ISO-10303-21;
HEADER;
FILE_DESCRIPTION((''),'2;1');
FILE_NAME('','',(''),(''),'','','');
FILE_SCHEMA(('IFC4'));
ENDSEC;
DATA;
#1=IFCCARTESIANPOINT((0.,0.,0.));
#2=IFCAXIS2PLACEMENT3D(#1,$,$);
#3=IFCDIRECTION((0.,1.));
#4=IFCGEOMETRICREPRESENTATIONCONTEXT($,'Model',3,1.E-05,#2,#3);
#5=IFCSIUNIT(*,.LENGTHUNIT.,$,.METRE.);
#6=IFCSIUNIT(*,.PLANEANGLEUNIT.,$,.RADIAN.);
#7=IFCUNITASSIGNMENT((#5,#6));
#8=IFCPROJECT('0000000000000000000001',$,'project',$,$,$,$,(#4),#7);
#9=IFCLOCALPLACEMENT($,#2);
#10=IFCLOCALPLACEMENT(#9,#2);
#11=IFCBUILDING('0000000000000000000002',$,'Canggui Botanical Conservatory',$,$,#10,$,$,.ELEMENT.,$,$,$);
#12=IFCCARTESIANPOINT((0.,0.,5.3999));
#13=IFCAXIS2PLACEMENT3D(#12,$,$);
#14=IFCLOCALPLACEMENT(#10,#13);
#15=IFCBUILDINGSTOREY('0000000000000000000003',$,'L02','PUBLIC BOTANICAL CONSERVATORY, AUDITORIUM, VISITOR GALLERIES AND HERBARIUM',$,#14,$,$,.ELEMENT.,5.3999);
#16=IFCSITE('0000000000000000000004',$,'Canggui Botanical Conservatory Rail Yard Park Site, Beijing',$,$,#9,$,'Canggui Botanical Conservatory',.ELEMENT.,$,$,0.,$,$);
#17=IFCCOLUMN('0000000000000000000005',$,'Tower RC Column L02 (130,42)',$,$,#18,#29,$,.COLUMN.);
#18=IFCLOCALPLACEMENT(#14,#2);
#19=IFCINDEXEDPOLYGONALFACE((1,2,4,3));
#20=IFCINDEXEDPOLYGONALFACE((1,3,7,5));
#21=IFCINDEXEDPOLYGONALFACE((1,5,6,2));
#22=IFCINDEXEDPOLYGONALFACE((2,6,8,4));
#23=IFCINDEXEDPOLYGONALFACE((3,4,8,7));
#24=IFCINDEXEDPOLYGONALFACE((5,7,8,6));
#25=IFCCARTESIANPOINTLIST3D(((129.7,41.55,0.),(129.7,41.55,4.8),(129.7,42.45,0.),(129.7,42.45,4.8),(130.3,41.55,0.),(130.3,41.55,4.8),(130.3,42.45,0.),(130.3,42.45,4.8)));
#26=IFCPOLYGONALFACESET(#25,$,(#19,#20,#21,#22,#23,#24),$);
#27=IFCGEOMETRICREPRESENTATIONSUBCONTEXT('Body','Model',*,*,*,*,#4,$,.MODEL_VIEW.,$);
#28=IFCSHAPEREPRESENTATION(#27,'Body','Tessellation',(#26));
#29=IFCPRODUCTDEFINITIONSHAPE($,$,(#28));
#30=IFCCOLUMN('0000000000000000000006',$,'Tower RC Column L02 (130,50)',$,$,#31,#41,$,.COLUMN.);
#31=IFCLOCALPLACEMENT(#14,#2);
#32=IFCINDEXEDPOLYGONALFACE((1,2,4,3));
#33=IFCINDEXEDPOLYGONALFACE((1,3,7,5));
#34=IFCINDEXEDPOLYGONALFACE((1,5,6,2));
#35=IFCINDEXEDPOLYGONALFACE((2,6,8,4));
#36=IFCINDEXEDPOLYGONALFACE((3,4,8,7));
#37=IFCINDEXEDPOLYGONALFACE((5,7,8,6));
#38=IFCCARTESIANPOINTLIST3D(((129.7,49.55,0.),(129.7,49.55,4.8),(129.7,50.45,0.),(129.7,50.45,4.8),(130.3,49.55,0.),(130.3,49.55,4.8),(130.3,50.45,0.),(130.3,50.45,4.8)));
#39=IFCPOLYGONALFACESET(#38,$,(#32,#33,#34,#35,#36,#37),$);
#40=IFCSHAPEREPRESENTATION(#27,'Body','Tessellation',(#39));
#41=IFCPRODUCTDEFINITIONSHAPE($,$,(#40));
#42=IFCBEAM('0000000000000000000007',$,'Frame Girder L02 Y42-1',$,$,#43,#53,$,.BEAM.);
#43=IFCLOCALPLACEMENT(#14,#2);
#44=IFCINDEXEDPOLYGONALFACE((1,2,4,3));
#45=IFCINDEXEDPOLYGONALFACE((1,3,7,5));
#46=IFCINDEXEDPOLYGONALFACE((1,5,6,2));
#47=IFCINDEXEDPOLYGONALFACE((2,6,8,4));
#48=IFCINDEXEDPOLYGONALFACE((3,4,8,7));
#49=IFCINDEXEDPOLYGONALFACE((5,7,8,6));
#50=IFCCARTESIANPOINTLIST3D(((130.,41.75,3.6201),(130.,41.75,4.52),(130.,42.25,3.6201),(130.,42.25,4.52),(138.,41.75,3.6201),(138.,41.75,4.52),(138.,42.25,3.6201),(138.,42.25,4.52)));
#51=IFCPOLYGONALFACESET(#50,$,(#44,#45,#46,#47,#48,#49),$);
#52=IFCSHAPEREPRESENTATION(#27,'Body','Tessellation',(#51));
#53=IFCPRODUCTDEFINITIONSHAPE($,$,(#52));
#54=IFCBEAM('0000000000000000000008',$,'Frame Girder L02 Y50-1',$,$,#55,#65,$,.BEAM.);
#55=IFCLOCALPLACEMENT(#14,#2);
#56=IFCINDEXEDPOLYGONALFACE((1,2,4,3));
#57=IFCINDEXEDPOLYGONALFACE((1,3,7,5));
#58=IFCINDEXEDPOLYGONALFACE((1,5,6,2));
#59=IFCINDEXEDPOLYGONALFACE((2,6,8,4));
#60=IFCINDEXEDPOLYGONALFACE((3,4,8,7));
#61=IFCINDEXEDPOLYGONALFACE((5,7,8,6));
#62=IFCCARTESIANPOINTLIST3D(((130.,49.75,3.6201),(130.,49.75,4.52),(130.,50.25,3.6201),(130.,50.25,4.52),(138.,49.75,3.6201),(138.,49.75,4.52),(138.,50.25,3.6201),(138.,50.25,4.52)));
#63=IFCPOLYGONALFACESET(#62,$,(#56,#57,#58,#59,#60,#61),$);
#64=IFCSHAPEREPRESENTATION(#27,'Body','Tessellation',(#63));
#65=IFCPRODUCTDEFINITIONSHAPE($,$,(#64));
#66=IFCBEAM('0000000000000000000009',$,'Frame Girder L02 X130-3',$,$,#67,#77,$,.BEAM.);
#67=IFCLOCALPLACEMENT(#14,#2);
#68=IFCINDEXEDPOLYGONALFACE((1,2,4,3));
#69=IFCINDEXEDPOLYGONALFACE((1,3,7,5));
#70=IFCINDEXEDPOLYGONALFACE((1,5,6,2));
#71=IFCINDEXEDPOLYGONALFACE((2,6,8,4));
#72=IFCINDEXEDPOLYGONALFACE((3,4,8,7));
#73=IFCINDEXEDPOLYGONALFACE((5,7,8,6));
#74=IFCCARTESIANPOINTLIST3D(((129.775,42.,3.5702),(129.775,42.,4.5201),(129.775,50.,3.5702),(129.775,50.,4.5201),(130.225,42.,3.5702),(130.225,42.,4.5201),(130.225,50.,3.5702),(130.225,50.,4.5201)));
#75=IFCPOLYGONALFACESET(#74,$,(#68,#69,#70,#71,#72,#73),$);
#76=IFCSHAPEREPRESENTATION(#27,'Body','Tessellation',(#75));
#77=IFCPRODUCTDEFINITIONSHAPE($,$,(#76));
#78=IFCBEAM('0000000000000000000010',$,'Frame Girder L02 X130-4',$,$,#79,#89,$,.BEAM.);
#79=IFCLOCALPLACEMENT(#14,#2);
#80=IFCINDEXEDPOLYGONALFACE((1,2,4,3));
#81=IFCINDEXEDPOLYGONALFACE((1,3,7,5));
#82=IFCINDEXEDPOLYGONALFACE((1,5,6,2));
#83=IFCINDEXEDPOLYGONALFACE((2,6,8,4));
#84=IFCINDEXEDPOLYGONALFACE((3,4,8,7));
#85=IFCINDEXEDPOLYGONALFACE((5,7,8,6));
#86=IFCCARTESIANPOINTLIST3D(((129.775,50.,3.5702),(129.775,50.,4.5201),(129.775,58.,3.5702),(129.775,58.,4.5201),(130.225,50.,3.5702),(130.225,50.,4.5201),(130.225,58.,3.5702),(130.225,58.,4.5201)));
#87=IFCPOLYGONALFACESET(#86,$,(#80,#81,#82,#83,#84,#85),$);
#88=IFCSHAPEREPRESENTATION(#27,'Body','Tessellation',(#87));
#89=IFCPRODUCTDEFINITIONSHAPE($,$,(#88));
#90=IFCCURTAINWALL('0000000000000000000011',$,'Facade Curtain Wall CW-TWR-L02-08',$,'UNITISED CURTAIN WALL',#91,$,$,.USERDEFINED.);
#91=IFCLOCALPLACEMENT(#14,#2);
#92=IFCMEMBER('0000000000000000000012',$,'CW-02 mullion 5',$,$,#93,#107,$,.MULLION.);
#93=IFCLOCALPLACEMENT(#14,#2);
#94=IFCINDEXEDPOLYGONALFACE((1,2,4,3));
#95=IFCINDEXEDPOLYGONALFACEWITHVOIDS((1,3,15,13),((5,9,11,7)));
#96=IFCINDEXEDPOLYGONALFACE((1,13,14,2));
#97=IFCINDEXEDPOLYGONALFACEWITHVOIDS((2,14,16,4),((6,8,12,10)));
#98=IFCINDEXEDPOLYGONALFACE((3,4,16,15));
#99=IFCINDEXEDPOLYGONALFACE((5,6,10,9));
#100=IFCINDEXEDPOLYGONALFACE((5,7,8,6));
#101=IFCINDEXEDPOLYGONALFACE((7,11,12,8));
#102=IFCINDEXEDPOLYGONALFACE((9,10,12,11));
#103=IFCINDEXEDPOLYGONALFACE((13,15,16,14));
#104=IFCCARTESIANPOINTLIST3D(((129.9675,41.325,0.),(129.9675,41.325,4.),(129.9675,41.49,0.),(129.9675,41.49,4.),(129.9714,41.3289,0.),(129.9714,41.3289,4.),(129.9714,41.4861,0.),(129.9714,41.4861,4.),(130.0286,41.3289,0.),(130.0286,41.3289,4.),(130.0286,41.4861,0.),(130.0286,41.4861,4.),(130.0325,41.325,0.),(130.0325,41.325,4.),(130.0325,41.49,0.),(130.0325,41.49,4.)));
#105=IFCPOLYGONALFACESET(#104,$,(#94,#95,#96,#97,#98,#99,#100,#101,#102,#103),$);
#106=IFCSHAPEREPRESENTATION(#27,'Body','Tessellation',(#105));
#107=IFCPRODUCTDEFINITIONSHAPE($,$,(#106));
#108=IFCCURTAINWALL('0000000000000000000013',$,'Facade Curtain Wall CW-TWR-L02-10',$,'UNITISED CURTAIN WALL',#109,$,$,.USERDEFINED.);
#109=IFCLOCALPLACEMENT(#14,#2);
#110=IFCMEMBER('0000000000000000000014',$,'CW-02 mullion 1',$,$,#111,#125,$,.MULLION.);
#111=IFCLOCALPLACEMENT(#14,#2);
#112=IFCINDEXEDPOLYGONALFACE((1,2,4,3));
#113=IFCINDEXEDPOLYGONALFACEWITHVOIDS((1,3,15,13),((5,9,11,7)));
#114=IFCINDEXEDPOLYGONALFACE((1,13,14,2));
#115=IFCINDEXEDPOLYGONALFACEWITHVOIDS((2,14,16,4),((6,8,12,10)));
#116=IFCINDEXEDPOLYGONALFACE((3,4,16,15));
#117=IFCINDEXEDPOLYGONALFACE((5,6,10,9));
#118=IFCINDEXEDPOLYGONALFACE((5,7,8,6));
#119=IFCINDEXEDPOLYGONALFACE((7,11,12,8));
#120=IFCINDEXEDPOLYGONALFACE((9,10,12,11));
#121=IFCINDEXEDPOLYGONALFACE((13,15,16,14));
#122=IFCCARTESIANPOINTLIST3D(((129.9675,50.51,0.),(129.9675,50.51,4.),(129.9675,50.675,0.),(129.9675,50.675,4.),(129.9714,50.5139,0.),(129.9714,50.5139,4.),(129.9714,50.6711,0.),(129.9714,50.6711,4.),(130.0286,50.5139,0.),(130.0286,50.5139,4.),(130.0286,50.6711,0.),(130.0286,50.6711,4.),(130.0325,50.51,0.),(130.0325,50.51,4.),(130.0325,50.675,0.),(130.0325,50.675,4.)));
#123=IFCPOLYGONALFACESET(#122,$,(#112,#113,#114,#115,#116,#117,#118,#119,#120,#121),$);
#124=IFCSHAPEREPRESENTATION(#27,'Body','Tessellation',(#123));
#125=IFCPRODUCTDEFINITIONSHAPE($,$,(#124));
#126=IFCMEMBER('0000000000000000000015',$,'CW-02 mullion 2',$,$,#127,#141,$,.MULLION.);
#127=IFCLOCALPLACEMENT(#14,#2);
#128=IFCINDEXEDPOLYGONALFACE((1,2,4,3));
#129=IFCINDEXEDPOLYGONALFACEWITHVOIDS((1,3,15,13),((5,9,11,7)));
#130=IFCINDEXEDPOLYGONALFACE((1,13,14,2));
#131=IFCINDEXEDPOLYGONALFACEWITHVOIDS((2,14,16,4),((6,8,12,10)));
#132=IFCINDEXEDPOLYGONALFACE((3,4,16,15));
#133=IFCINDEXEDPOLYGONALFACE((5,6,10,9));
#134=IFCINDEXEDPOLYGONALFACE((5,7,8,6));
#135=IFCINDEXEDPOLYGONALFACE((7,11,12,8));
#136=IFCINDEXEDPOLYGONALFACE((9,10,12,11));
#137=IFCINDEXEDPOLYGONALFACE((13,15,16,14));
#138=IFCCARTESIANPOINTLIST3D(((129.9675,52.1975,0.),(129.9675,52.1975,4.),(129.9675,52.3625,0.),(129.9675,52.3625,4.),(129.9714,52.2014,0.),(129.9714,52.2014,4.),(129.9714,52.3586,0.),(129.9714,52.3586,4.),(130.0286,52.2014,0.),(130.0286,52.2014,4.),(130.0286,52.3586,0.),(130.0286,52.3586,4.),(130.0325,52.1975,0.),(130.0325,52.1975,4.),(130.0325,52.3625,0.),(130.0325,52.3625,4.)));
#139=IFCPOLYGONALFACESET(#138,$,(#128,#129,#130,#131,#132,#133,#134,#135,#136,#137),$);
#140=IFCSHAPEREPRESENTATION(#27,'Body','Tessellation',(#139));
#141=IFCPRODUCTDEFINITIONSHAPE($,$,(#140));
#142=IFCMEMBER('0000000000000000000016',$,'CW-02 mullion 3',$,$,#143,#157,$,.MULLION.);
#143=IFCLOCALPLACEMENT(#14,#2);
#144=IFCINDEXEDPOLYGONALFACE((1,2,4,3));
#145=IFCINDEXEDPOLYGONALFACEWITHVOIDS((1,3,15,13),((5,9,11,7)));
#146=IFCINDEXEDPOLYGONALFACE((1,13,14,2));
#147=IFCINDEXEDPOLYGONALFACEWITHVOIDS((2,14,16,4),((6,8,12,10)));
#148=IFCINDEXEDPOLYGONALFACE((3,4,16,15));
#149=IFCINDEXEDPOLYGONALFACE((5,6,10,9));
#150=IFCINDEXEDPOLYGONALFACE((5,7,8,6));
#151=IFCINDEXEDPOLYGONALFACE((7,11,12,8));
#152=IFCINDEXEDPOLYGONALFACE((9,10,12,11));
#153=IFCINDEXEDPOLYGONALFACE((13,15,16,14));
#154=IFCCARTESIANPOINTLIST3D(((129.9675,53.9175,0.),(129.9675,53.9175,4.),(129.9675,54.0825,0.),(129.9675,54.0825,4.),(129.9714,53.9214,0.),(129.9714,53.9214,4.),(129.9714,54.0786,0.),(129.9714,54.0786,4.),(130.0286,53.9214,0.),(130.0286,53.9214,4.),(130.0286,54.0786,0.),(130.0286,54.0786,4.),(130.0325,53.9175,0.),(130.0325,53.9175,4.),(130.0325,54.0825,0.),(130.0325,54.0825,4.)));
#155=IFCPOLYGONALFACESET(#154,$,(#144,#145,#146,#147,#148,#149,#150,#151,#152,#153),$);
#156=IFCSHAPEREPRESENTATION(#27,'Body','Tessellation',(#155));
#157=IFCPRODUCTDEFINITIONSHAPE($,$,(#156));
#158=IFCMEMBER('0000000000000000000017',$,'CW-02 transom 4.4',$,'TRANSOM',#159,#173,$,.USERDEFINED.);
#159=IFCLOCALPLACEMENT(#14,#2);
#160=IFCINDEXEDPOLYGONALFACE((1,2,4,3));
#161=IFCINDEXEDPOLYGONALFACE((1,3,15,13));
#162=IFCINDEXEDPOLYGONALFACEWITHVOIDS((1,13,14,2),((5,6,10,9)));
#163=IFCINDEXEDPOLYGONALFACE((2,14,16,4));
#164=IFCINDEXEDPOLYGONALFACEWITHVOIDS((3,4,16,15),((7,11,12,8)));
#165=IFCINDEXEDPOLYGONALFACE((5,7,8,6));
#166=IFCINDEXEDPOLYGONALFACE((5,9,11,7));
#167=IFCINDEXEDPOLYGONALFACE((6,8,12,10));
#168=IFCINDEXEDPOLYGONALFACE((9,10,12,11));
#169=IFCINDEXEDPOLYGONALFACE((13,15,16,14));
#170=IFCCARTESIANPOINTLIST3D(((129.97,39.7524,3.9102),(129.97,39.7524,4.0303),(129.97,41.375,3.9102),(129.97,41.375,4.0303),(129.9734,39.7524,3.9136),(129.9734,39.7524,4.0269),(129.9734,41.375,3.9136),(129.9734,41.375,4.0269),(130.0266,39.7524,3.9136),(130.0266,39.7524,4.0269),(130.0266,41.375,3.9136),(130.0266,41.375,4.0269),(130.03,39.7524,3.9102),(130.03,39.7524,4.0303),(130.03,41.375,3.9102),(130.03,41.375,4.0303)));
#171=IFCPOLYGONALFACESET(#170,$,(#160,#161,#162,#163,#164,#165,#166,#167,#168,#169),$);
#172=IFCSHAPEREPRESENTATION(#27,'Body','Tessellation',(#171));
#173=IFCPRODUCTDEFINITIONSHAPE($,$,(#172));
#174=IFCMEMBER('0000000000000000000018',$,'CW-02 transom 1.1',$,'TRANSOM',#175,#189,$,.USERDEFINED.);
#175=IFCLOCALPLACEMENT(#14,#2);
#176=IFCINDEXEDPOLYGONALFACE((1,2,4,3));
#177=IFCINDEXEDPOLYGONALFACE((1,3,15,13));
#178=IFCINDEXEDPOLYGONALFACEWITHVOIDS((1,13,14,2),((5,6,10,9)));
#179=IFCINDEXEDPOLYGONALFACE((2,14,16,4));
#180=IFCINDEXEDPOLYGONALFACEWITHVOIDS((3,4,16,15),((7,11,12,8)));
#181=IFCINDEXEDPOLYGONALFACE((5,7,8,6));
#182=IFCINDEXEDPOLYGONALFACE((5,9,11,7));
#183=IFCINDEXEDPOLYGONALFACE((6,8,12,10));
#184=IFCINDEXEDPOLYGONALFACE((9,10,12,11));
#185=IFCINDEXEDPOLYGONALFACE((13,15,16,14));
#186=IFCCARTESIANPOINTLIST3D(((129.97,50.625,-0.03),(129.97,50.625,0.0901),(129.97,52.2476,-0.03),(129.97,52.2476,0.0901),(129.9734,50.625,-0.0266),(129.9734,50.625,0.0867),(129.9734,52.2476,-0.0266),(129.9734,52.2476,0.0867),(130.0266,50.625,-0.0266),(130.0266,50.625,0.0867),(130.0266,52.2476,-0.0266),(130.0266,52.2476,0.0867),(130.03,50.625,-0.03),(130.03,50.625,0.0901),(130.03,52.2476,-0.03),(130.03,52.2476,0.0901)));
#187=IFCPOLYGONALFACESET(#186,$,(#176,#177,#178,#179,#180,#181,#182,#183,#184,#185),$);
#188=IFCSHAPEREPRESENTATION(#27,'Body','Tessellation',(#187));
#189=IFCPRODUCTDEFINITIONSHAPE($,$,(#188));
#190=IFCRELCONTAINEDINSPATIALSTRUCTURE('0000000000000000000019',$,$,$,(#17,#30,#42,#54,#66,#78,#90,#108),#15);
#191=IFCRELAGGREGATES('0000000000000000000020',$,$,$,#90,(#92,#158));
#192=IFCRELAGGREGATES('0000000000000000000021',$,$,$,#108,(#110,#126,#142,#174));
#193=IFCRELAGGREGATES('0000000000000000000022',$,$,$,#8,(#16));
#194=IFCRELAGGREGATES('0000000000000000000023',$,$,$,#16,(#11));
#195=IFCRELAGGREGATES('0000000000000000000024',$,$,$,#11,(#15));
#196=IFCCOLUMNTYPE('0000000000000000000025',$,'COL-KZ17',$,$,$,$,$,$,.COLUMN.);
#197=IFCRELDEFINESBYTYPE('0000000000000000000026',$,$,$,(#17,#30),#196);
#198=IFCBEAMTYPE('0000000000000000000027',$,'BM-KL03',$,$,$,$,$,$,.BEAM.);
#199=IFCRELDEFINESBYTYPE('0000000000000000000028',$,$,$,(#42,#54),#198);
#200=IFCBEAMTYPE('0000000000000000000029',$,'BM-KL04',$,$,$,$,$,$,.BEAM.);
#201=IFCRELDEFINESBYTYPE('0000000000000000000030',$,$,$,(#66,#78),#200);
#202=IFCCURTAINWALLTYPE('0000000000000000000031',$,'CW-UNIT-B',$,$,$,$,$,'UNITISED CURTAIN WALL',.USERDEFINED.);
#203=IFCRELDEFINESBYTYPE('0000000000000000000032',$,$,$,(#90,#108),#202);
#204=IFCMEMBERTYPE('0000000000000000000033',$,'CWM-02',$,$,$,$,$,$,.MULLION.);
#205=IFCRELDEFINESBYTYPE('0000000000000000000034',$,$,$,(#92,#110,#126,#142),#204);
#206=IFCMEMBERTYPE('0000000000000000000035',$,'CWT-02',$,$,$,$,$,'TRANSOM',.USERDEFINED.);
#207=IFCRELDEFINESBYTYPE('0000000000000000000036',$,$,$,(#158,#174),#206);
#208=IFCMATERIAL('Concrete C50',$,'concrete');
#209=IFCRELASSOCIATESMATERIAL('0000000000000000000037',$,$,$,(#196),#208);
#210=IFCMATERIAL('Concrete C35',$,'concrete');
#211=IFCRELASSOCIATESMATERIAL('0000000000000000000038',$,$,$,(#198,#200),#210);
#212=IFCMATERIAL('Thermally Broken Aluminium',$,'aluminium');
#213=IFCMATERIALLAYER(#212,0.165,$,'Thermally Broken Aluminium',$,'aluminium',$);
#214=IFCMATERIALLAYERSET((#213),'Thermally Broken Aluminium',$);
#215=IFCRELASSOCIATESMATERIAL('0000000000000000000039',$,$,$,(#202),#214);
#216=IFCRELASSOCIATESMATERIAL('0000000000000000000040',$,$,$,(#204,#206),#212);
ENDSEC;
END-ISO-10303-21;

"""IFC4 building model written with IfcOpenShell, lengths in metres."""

from ifc_helpers import new_model, si_unit, direction, frame, origin, origin_2d, place, context, subcontext, project, spatial, rectangle, hollow_rectangle, extrude, material, layer, layer_set, material_profile, profile_set, type_object, element, aggregate, save


model = new_model("IFC4")

# Units and contexts
model_context = context("Model", 3, precision=1e-05, world=origin(), true_north=direction((0.0, 1.0)))
body_context = subcontext(model_context, "Body", "Model", "MODEL_VIEW")
ifc_project = project(units=[si_unit("LENGTHUNIT", "METRE"), si_unit("PLANEANGLEUNIT", "RADIAN")], contexts=[model_context])

# Site, building, storey
site_placement = place(None, origin())
site = spatial("IfcSite", under=ifc_project, at=site_placement, Name="Canggui Botanical Conservatory Rail Yard Park Site, Beijing", LongName="Canggui Botanical Conservatory", CompositionType="ELEMENT", RefElevation=0.0)
building_placement = place(site_placement, origin())
building = spatial("IfcBuilding", under=site, at=building_placement, Name="Canggui Botanical Conservatory", CompositionType="ELEMENT")
storey_placement = place(building_placement, frame((0.0, 0.0, 5.3999)))
storey = spatial("IfcBuildingStorey", under=building, at=storey_placement, Name="L02", Description="PUBLIC BOTANICAL CONSERVATORY, AUDITORIUM, VISITOR GALLERIES AND HERBARIUM", CompositionType="ELEMENT", Elevation=5.3999)

# Columns
ifc_material_1 = material(Name="Concrete C50", Category="concrete")
ifc_material_profile_1 = material_profile(ifc_material_1, rectangle(XDim=0.6001, YDim=0.8999, at=origin_2d()), Name="RC 600x900")
ifc_profile_set_1 = profile_set([ifc_material_profile_1], Name="Concrete C50")
column_type = type_object("IfcColumnType", Name="COL-KZ17", PredefinedType="COLUMN", material=ifc_profile_set_1)
for number, where, z_axis, x_axis, name in (
    (1, (130.0, 42.0, 0.0), (0.0, 0.0, 1.0), (1.0, 0.0, 0.0), "Tower RC Column L02 (130,42)"),
    (2, (130.0, 50.0, 0.0), (0.0, 0.0, 1.0), (1.0, 0.0, 0.0), "Tower RC Column L02 (130,50)"),
):
    element("IfcColumn", number, at=place(storey_placement, frame(where, z_axis=z_axis, x_axis=x_axis)), inside=storey, type_object=column_type, Name=name, PredefinedType="COLUMN", context=body_context, shape_type="SweptSolid", body=[
        extrude(rectangle(XDim=0.6001, YDim=0.8999, at=origin_2d()), origin(), (0.0, 0.0, 1.0), 4.8),
    ])

# Beams
ifc_material_2 = material(Name="Concrete C35", Category="concrete")
ifc_material_profile_2 = material_profile(ifc_material_2, rectangle(XDim=0.5, YDim=0.8999, at=origin_2d()), Name="RB 500x900")
ifc_profile_set_2 = profile_set([ifc_material_profile_2], Name="Concrete C35")
beam_type_1 = type_object("IfcBeamType", Name="BM-KL03", PredefinedType="BEAM", material=ifc_profile_set_2)
for number, where, z_axis, x_axis, name in (
    (3, (130.0, 42.0, 4.0701), (1.0, 0.0, 0.0), (0.0, 1.0, 0.0), "Frame Girder L02 Y42-1"),
    (4, (130.0, 50.0, 4.0701), (1.0, 0.0, 0.0), (0.0, 1.0, 0.0), "Frame Girder L02 Y50-1"),
):
    element("IfcBeam", number, at=place(storey_placement, frame(where, z_axis=z_axis, x_axis=x_axis)), inside=storey, type_object=beam_type_1, Name=name, PredefinedType="BEAM", context=body_context, shape_type="SweptSolid", body=[
        extrude(rectangle(XDim=0.5, YDim=0.8999, at=origin_2d()), origin(), (0.0, 0.0, 1.0), 8.0),
    ])
ifc_material_profile_3 = material_profile(ifc_material_2, rectangle(XDim=0.45, YDim=0.95, at=origin_2d()), Name="RB 450x950")
ifc_profile_set_3 = profile_set([ifc_material_profile_3], Name="Concrete C35")
beam_type_2 = type_object("IfcBeamType", Name="BM-KL04", PredefinedType="BEAM", material=ifc_profile_set_3)
for number, where, z_axis, x_axis, name in (
    (5, (130.0, 42.0, 4.0452), (0.0, 1.0, 0.0), (-1.0, 0.0, 0.0), "Frame Girder L02 X130-3"),
    (6, (130.0, 50.0, 4.0452), (0.0, 1.0, 0.0), (-1.0, 0.0, 0.0), "Frame Girder L02 X130-4"),
):
    element("IfcBeam", number, at=place(storey_placement, frame(where, z_axis=z_axis, x_axis=x_axis)), inside=storey, type_object=beam_type_2, Name=name, PredefinedType="BEAM", context=body_context, shape_type="SweptSolid", body=[
        extrude(rectangle(XDim=0.45, YDim=0.95, at=origin_2d()), origin(), (0.0, 0.0, 1.0), 8.0),
    ])

# Curtain wall, member
ifc_material_3 = material(Name="Thermally Broken Aluminium", Category="aluminium")
ifc_layer_1 = layer(ifc_material_3, 0.165, Name="Thermally Broken Aluminium", Category="aluminium")
ifc_layer_set_1 = layer_set([ifc_layer_1], Name="Thermally Broken Aluminium")
curtain_wall_type = type_object("IfcCurtainWallType", Name="CW-UNIT-B", ElementType="UNITISED CURTAIN WALL", PredefinedType="USERDEFINED", material=ifc_layer_set_1)
curtain_wall_1_placement = place(storey_placement, origin())
curtain_wall_1 = element("IfcCurtainWall", 7, at=curtain_wall_1_placement, inside=storey, type_object=curtain_wall_type, Name="Facade Curtain Wall CW-TWR-L02-08", ObjectType="UNITISED CURTAIN WALL", PredefinedType="USERDEFINED")
ifc_material_profile_4 = material_profile(ifc_material_3, hollow_rectangle(XDim=0.0649, YDim=0.165, WallThickness=0.0039, at=origin_2d()), Name="CWM 65x165x4")
ifc_profile_set_4 = profile_set([ifc_material_profile_4], Name="Thermally Broken Aluminium")
member_type_1 = type_object("IfcMemberType", Name="CWM-02", PredefinedType="MULLION", material=ifc_profile_set_4)
member_1_placement = place(storey_placement, frame((130.0, 41.4075, 0.0), z_axis=(0.0, 0.0, 1.0), x_axis=(-1.0, 0.0, 0.0)))
member_1 = element("IfcMember", 8, at=member_1_placement, type_object=member_type_1, Name="CW-02 mullion 5", PredefinedType="MULLION", context=body_context, shape_type="SweptSolid", body=[
    extrude(hollow_rectangle(XDim=0.0649, YDim=0.165, WallThickness=0.0039, at=origin_2d()), origin(), (0.0, 0.0, 1.0), 4.0),
])

# Curtain wall, members
curtain_wall_2_placement = place(storey_placement, origin())
curtain_wall_2 = element("IfcCurtainWall", 9, at=curtain_wall_2_placement, inside=storey, type_object=curtain_wall_type, Name="Facade Curtain Wall CW-TWR-L02-10", ObjectType="UNITISED CURTAIN WALL", PredefinedType="USERDEFINED")
member_2_placement = place(storey_placement, frame((130.0, 50.5925, 0.0), z_axis=(0.0, 0.0, 1.0), x_axis=(-1.0, 0.0, 0.0)))
member_2 = element("IfcMember", 10, at=member_2_placement, type_object=member_type_1, Name="CW-02 mullion 1", PredefinedType="MULLION", context=body_context, shape_type="SweptSolid", body=[
    extrude(hollow_rectangle(XDim=0.0649, YDim=0.165, WallThickness=0.0039, at=origin_2d()), origin(), (0.0, 0.0, 1.0), 4.0),
])
member_3_placement = place(storey_placement, frame((130.0, 52.28, 0.0), z_axis=(0.0, 0.0, 1.0), x_axis=(-1.0, 0.0, 0.0)))
member_3 = element("IfcMember", 11, at=member_3_placement, type_object=member_type_1, Name="CW-02 mullion 2", PredefinedType="MULLION", context=body_context, shape_type="SweptSolid", body=[
    extrude(hollow_rectangle(XDim=0.0649, YDim=0.165, WallThickness=0.0039, at=origin_2d()), origin(), (0.0, 0.0, 1.0), 4.0),
])
member_4_placement = place(storey_placement, frame((130.0, 54.0, 0.0), z_axis=(0.0, 0.0, 1.0), x_axis=(-1.0, 0.0, 0.0)))
member_4 = element("IfcMember", 12, at=member_4_placement, type_object=member_type_1, Name="CW-02 mullion 3", PredefinedType="MULLION", context=body_context, shape_type="SweptSolid", body=[
    extrude(hollow_rectangle(XDim=0.0649, YDim=0.165, WallThickness=0.0039, at=origin_2d()), origin(), (0.0, 0.0, 1.0), 4.0),
])

# Members
ifc_material_profile_5 = material_profile(ifc_material_3, hollow_rectangle(XDim=0.0601, YDim=0.1201, WallThickness=0.0034, at=origin_2d()), Name="CWT 60x120x3.5")
ifc_profile_set_5 = profile_set([ifc_material_profile_5], Name="Thermally Broken Aluminium")
member_type_2 = type_object("IfcMemberType", Name="CWT-02", ElementType="TRANSOM", PredefinedType="USERDEFINED", material=ifc_profile_set_5)
member_5_placement = place(storey_placement, frame((130.0, 39.7524, 3.9702), z_axis=(0.0, 1.0, 0.0), x_axis=(-1.0, 0.0, 0.0)))
member_5 = element("IfcMember", 13, at=member_5_placement, type_object=member_type_2, Name="CW-02 transom 4.4", ObjectType="TRANSOM", PredefinedType="USERDEFINED", context=body_context, shape_type="SweptSolid", body=[
    extrude(hollow_rectangle(XDim=0.0601, YDim=0.1201, WallThickness=0.0034, at=origin_2d()), origin(), (0.0, 0.0, 1.0), 1.6226),
])
member_6_placement = place(storey_placement, frame((130.0, 50.625, 0.03), z_axis=(0.0, 1.0, 0.0), x_axis=(-1.0, 0.0, 0.0)))
member_6 = element("IfcMember", 14, at=member_6_placement, type_object=member_type_2, Name="CW-02 transom 1.1", ObjectType="TRANSOM", PredefinedType="USERDEFINED", context=body_context, shape_type="SweptSolid", body=[
    extrude(hollow_rectangle(XDim=0.0601, YDim=0.1201, WallThickness=0.0034, at=origin_2d()), origin(), (0.0, 0.0, 1.0), 1.6226),
])

aggregate(curtain_wall_1, [member_1, member_5])
aggregate(curtain_wall_2, [member_2, member_3, member_4, member_6])

save(model, "model.ifc")
